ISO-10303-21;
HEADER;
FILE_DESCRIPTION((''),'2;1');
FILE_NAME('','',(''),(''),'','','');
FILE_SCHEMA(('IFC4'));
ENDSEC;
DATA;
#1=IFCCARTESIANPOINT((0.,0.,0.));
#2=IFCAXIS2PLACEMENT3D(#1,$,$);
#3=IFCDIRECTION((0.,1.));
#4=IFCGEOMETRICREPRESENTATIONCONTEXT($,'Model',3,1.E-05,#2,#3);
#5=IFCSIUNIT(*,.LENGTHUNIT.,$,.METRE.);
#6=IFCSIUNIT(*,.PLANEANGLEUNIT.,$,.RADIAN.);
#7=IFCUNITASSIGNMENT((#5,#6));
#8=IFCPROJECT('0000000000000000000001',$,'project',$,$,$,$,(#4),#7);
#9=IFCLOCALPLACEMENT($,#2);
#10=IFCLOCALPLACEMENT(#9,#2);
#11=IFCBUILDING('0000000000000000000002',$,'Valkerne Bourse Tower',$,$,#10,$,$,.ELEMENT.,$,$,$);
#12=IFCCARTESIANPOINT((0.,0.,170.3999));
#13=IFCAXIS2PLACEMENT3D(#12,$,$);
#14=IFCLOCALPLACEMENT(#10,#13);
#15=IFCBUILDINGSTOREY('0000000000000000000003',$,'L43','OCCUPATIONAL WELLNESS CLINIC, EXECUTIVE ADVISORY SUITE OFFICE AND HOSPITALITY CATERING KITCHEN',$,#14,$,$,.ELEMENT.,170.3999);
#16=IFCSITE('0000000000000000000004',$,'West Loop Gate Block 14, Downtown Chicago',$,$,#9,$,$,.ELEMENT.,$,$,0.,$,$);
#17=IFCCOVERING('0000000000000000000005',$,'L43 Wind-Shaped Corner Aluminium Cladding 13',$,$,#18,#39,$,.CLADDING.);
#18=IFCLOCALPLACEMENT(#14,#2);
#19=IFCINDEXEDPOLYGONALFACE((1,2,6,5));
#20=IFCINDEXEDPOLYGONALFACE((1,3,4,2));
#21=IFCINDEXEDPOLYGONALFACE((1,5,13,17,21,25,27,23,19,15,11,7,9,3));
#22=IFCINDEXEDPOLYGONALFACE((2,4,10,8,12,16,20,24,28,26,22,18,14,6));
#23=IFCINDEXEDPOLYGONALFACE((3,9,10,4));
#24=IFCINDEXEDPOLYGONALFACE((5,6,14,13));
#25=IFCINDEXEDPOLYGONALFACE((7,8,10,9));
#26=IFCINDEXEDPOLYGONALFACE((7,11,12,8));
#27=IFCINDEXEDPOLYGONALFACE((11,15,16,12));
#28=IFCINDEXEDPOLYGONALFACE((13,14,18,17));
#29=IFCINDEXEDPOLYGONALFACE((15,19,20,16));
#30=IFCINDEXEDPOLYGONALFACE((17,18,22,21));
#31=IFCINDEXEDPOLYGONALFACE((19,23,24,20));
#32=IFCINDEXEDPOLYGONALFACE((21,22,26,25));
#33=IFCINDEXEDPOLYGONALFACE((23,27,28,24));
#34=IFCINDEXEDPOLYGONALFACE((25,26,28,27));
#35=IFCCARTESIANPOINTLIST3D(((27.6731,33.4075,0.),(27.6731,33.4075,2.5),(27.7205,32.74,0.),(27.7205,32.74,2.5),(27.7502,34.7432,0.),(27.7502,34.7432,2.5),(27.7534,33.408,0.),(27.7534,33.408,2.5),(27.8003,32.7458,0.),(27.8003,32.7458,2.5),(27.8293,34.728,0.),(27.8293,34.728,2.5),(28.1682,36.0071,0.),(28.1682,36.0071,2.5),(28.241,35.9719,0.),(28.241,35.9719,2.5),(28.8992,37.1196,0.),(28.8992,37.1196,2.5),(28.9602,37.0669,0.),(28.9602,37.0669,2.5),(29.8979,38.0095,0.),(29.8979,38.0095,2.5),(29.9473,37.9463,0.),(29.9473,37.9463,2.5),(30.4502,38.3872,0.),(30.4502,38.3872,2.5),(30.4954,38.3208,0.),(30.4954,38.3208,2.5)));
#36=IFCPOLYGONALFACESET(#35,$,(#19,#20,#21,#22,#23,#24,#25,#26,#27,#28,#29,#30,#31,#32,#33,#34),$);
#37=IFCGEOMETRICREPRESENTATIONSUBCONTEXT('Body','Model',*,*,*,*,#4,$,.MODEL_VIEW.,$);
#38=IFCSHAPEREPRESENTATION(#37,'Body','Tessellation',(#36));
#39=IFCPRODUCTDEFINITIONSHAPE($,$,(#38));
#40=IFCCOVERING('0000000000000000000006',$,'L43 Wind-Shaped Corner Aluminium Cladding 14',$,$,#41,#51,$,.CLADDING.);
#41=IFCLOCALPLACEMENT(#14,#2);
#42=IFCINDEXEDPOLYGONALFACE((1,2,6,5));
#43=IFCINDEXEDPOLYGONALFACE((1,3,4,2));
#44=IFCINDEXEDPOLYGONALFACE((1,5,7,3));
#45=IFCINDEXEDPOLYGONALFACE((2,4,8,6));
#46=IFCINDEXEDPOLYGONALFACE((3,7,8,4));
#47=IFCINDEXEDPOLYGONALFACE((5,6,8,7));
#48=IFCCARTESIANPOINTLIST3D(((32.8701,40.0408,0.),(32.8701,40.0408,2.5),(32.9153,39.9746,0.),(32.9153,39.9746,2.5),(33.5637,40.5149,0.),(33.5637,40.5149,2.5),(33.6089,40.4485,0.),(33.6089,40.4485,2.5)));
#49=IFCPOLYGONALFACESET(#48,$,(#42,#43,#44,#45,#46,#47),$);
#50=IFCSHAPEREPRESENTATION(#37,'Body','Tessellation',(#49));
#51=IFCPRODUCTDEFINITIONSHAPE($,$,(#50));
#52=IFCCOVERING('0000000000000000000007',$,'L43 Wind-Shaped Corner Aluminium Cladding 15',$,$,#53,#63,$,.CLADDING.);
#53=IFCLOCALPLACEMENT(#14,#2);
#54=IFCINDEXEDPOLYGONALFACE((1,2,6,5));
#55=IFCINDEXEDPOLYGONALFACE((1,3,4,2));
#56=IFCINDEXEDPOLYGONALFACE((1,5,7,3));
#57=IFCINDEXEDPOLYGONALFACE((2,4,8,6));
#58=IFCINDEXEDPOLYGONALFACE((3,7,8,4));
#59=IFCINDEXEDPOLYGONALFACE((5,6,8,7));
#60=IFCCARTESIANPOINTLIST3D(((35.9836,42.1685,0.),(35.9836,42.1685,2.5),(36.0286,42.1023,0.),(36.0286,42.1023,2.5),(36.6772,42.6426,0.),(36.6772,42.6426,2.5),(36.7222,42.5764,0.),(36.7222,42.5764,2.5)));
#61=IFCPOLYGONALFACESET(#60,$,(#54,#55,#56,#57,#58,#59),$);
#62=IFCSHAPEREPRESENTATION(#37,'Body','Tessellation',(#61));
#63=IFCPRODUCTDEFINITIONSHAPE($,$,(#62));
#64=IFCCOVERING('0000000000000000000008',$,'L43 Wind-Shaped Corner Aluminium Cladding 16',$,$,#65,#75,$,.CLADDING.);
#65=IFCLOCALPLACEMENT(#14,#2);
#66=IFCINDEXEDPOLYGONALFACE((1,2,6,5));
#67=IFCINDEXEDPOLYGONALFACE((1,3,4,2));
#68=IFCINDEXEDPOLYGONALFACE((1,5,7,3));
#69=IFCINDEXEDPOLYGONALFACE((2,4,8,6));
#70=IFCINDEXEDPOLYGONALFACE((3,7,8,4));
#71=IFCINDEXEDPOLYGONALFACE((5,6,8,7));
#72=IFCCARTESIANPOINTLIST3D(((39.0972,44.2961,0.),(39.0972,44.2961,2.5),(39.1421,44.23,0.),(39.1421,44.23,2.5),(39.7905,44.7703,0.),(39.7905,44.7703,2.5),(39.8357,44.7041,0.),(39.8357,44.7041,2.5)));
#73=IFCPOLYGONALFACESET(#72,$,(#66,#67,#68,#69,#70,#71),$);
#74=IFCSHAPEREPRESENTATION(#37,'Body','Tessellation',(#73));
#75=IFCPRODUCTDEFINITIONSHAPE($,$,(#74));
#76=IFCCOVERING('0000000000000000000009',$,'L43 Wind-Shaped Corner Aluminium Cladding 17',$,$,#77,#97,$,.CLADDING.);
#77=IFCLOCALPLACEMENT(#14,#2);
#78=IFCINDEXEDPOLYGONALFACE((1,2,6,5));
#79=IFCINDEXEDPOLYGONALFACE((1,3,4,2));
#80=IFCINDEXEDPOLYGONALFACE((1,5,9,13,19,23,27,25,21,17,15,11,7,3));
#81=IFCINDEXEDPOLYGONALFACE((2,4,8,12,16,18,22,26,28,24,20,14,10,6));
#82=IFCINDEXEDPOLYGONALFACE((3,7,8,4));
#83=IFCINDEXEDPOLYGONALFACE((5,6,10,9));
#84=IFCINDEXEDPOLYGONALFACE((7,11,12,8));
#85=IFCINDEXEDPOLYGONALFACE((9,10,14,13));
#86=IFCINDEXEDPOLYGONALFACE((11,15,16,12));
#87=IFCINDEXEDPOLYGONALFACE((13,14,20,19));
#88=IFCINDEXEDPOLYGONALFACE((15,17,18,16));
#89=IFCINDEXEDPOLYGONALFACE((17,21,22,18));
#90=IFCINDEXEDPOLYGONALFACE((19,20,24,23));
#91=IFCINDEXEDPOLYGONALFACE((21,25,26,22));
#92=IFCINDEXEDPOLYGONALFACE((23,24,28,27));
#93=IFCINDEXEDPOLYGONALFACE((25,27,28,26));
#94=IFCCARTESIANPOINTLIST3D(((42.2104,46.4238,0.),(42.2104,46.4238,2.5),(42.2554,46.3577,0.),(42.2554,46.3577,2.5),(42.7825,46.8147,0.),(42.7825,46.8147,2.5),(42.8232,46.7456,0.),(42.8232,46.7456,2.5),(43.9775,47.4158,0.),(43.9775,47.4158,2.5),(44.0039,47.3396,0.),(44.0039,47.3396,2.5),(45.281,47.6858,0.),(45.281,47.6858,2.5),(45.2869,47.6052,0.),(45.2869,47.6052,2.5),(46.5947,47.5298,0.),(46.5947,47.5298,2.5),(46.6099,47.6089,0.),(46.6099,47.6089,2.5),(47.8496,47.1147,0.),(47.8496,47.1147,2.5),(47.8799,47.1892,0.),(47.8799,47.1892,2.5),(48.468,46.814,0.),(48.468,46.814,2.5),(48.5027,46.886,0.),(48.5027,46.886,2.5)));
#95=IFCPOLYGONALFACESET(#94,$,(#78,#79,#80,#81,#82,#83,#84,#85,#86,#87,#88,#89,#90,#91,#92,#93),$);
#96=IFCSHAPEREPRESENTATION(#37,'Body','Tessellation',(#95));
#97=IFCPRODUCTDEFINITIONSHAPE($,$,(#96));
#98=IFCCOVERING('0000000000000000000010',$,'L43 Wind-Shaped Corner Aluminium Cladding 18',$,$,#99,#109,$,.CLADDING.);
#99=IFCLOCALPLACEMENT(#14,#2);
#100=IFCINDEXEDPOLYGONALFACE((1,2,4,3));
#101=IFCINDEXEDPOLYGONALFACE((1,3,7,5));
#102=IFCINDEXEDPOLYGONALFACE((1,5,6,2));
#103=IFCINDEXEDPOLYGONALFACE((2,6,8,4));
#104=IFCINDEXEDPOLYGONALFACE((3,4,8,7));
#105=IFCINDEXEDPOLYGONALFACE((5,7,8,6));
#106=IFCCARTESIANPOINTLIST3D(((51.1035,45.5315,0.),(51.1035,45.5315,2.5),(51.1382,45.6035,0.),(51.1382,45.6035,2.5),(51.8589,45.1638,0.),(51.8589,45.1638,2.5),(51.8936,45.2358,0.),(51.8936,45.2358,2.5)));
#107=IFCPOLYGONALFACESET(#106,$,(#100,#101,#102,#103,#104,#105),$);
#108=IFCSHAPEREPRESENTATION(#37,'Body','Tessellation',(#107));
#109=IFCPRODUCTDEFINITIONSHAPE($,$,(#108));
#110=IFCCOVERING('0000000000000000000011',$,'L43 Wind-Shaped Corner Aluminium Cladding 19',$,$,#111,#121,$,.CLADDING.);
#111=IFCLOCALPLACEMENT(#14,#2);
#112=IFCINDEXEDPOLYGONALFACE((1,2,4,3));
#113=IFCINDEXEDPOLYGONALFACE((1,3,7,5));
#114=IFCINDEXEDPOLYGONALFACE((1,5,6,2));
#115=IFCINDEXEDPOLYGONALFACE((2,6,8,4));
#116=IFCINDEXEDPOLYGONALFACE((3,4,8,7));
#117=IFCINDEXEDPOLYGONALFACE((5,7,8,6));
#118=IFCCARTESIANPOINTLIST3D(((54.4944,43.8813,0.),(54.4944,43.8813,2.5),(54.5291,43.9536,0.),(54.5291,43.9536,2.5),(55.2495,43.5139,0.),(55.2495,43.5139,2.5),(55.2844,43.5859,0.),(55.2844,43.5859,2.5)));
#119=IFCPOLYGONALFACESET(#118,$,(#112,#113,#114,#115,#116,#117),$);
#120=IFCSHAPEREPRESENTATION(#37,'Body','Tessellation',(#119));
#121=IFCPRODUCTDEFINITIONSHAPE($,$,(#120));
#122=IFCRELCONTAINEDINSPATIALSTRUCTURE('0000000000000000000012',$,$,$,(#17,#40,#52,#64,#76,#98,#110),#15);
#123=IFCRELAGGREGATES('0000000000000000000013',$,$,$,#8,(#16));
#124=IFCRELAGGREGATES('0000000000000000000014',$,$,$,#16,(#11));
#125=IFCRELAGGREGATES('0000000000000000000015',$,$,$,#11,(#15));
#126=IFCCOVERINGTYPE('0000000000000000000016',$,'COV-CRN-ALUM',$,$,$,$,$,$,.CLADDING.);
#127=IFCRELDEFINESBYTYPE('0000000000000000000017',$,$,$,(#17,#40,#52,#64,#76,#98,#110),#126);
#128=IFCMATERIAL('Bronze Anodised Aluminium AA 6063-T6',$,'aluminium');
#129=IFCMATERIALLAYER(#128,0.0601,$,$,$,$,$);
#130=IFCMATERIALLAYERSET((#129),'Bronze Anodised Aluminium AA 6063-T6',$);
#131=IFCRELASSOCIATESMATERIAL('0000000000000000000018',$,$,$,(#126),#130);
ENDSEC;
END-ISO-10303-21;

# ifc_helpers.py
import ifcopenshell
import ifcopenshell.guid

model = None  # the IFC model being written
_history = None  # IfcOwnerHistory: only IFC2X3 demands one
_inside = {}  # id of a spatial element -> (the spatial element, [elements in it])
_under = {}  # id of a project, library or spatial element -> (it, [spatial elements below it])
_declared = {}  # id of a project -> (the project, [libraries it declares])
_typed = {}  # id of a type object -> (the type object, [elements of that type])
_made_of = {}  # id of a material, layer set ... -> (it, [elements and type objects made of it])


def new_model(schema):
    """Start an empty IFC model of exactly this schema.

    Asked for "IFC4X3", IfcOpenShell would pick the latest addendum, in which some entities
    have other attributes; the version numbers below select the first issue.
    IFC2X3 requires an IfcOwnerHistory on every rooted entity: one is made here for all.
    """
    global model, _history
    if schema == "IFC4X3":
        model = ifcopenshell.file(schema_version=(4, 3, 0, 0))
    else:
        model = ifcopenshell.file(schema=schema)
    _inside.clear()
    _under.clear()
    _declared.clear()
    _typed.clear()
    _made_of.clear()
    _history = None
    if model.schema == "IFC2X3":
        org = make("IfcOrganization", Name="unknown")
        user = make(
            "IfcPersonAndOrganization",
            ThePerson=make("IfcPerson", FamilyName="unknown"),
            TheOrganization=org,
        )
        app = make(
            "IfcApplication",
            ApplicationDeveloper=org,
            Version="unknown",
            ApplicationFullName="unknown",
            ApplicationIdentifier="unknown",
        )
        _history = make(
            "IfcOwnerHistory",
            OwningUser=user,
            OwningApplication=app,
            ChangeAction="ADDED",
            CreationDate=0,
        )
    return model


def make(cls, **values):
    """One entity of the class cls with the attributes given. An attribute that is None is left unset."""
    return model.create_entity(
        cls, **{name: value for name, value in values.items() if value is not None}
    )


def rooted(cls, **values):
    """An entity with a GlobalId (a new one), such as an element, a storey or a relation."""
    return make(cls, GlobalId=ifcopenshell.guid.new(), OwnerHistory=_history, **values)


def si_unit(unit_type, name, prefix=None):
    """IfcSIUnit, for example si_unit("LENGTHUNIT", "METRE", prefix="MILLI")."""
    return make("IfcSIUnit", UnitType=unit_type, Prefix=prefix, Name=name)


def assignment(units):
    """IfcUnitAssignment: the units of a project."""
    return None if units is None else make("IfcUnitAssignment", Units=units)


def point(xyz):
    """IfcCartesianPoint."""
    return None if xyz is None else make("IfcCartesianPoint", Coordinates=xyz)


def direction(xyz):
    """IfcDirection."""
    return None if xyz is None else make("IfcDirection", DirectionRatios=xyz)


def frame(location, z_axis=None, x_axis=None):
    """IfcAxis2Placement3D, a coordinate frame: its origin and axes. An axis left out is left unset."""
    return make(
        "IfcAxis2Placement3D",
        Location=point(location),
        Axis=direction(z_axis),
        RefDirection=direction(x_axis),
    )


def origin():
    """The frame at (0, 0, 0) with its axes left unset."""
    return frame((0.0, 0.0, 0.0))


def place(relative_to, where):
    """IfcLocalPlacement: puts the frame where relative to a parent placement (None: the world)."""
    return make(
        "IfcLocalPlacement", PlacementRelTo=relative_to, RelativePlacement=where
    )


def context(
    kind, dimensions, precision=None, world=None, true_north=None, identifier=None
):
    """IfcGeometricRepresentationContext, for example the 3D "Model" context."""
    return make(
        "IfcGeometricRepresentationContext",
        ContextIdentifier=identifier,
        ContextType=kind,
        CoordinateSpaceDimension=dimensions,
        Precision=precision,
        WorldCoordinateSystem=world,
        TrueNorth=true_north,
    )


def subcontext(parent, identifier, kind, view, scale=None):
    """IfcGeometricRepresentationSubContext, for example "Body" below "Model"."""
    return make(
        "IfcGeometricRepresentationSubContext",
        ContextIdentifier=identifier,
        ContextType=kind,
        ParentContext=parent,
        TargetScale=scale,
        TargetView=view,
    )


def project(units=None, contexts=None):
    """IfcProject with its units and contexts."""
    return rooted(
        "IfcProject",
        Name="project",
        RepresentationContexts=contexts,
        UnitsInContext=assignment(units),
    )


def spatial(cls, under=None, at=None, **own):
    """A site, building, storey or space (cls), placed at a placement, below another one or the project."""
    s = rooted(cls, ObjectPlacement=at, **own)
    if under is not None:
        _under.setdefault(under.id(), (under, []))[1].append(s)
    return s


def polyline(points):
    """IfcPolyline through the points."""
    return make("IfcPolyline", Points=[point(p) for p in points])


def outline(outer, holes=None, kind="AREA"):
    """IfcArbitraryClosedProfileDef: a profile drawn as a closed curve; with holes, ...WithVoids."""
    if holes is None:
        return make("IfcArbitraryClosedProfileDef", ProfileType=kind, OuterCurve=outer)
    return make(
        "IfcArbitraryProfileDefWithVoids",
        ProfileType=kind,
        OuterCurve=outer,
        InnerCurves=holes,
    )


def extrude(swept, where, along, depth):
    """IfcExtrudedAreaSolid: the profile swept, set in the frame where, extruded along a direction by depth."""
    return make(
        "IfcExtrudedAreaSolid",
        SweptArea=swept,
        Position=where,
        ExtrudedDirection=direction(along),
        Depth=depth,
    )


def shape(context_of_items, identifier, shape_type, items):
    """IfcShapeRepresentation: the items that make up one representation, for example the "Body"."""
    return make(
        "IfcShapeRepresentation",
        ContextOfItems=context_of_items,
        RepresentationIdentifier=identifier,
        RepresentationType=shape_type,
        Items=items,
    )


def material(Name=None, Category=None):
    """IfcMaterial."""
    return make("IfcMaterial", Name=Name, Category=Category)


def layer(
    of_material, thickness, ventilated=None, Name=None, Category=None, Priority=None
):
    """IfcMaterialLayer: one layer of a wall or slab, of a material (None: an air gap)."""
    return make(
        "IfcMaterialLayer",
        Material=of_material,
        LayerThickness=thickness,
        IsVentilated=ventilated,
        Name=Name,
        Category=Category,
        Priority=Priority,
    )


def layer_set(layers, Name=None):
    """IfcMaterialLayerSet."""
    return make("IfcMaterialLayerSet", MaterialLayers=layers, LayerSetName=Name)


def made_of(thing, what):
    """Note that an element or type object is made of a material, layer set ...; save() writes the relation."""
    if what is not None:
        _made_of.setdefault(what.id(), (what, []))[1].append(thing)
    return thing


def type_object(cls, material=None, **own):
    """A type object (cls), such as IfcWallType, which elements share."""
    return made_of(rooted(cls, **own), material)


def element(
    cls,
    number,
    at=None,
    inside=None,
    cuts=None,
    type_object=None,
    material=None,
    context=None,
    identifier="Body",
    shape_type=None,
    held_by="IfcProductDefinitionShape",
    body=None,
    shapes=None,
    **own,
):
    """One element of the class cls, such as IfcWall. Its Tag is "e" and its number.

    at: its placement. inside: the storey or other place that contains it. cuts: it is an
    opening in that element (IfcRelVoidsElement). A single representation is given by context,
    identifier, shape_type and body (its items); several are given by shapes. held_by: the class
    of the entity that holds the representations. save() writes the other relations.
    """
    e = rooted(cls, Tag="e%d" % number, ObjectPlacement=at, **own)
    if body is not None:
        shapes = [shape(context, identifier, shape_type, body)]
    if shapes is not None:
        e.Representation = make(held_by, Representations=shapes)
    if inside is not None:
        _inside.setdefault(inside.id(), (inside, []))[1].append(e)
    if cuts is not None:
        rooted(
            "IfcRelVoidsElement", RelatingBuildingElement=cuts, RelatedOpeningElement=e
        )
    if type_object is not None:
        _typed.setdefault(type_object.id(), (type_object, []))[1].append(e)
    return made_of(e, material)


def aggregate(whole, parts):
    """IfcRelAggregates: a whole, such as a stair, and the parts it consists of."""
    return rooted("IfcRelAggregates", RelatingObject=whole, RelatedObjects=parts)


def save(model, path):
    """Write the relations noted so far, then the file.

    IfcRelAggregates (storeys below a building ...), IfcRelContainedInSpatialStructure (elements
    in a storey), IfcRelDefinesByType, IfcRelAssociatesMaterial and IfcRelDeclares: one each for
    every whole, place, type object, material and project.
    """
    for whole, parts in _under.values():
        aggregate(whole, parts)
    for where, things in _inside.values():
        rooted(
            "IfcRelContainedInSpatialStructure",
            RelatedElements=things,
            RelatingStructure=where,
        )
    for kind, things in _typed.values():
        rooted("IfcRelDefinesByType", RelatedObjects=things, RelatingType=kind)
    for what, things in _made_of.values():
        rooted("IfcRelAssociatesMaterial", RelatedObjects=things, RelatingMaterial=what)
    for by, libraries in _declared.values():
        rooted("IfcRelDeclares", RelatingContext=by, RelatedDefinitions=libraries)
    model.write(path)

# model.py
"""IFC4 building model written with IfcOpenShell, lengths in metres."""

from ifc_helpers import new_model, si_unit, direction, frame, origin, place, context, subcontext, project, spatial, polyline, outline, extrude, material, layer, layer_set, type_object, element, save


model = new_model("IFC4")

# Units and contexts
model_context = context("Model", 3, precision=1e-05, world=origin(), true_north=direction((0.0, 1.0)))
body_context = subcontext(model_context, "Body", "Model", "MODEL_VIEW")
ifc_project = project(units=[si_unit("LENGTHUNIT", "METRE"), si_unit("PLANEANGLEUNIT", "RADIAN")], contexts=[model_context])

# Site, building, storey
site_placement = place(None, origin())
site = spatial("IfcSite", under=ifc_project, at=site_placement, Name="West Loop Gate Block 14, Downtown Chicago", CompositionType="ELEMENT", RefElevation=0.0)
building_placement = place(site_placement, origin())
building = spatial("IfcBuilding", under=site, at=building_placement, Name="Valkerne Bourse Tower", CompositionType="ELEMENT")
storey_placement = place(building_placement, frame((0.0, 0.0, 170.3999)))
storey = spatial("IfcBuildingStorey", under=building, at=storey_placement, Name="L43", Description="OCCUPATIONAL WELLNESS CLINIC, EXECUTIVE ADVISORY SUITE OFFICE AND HOSPITALITY CATERING KITCHEN", CompositionType="ELEMENT", Elevation=170.3999)

# Coverings
ifc_material_1 = material(Name="Bronze Anodised Aluminium AA 6063-T6", Category="aluminium")
ifc_layer_1 = layer(ifc_material_1, 0.0601)
ifc_layer_set_1 = layer_set([ifc_layer_1], Name="Bronze Anodised Aluminium AA 6063-T6")
covering_type = type_object("IfcCoveringType", Name="COV-CRN-ALUM", PredefinedType="CLADDING", material=ifc_layer_set_1)
covering_1_placement = place(storey_placement, origin())
element("IfcCovering", 1, at=covering_1_placement, inside=storey, type_object=covering_type, Name="L43 Wind-Shaped Corner Aluminium Cladding 13", PredefinedType="CLADDING", context=body_context, shape_type="SweptSolid", body=[
    extrude(outline(polyline([(27.6731, 33.4075), (27.7502, 34.7432), (28.1682, 36.0071), (28.8992, 37.1196), (29.8979, 38.0095), (30.4502, 38.3872), (30.4954, 38.3208), (29.9473, 37.9463), (28.9602, 37.0669), (28.241, 35.9719), (27.8293, 34.728), (27.7534, 33.408), (27.8003, 32.7458), (27.7205, 32.74), (27.6731, 33.4075)])), origin(), (0.0, 0.0, 1.0), 2.5),
])
covering_2_placement = place(storey_placement, origin())
element("IfcCovering", 2, at=covering_2_placement, inside=storey, type_object=covering_type, Name="L43 Wind-Shaped Corner Aluminium Cladding 14", PredefinedType="CLADDING", context=body_context, shape_type="SweptSolid", body=[
    extrude(outline(polyline([(33.5637, 40.5149), (33.6089, 40.4485), (32.9153, 39.9746), (32.8701, 40.0408), (33.5637, 40.5149)])), origin(), (0.0, 0.0, 1.0), 2.5),
])
covering_3_placement = place(storey_placement, origin())
element("IfcCovering", 3, at=covering_3_placement, inside=storey, type_object=covering_type, Name="L43 Wind-Shaped Corner Aluminium Cladding 15", PredefinedType="CLADDING", context=body_context, shape_type="SweptSolid", body=[
    extrude(outline(polyline([(36.6772, 42.6426), (36.7222, 42.5764), (36.0286, 42.1023), (35.9836, 42.1685), (36.6772, 42.6426)])), origin(), (0.0, 0.0, 1.0), 2.5),
])
covering_4_placement = place(storey_placement, origin())
element("IfcCovering", 4, at=covering_4_placement, inside=storey, type_object=covering_type, Name="L43 Wind-Shaped Corner Aluminium Cladding 16", PredefinedType="CLADDING", context=body_context, shape_type="SweptSolid", body=[
    extrude(outline(polyline([(39.7905, 44.7703), (39.8357, 44.7041), (39.1421, 44.23), (39.0972, 44.2961), (39.7905, 44.7703)])), origin(), (0.0, 0.0, 1.0), 2.5),
])
covering_5_placement = place(storey_placement, origin())
element("IfcCovering", 5, at=covering_5_placement, inside=storey, type_object=covering_type, Name="L43 Wind-Shaped Corner Aluminium Cladding 17", PredefinedType="CLADDING", context=body_context, shape_type="SweptSolid", body=[
    extrude(outline(polyline([(42.7825, 46.8147), (43.9775, 47.4158), (45.281, 47.6858), (46.6099, 47.6089), (47.8799, 47.1892), (48.5027, 46.886), (48.468, 46.814), (47.8496, 47.1147), (46.5947, 47.5298), (45.2869, 47.6052), (44.0039, 47.3396), (42.8232, 46.7456), (42.2554, 46.3577), (42.2104, 46.4238), (42.7825, 46.8147)])), origin(), (0.0, 0.0, 1.0), 2.5),
])
covering_6_placement = place(storey_placement, origin())
element("IfcCovering", 6, at=covering_6_placement, inside=storey, type_object=covering_type, Name="L43 Wind-Shaped Corner Aluminium Cladding 18", PredefinedType="CLADDING", context=body_context, shape_type="SweptSolid", body=[
    extrude(outline(polyline([(51.8936, 45.2358), (51.8589, 45.1638), (51.1035, 45.5315), (51.1382, 45.6035), (51.8936, 45.2358)])), origin(), (0.0, 0.0, 1.0), 2.5),
])
covering_7_placement = place(storey_placement, origin())
element("IfcCovering", 7, at=covering_7_placement, inside=storey, type_object=covering_type, Name="L43 Wind-Shaped Corner Aluminium Cladding 19", PredefinedType="CLADDING", context=body_context, shape_type="SweptSolid", body=[
    extrude(outline(polyline([(55.2844, 43.5859), (55.2495, 43.5139), (54.4944, 43.8813), (54.5291, 43.9536), (55.2844, 43.5859)])), origin(), (0.0, 0.0, 1.0), 2.5),
])

save(model, "model.ifc")
